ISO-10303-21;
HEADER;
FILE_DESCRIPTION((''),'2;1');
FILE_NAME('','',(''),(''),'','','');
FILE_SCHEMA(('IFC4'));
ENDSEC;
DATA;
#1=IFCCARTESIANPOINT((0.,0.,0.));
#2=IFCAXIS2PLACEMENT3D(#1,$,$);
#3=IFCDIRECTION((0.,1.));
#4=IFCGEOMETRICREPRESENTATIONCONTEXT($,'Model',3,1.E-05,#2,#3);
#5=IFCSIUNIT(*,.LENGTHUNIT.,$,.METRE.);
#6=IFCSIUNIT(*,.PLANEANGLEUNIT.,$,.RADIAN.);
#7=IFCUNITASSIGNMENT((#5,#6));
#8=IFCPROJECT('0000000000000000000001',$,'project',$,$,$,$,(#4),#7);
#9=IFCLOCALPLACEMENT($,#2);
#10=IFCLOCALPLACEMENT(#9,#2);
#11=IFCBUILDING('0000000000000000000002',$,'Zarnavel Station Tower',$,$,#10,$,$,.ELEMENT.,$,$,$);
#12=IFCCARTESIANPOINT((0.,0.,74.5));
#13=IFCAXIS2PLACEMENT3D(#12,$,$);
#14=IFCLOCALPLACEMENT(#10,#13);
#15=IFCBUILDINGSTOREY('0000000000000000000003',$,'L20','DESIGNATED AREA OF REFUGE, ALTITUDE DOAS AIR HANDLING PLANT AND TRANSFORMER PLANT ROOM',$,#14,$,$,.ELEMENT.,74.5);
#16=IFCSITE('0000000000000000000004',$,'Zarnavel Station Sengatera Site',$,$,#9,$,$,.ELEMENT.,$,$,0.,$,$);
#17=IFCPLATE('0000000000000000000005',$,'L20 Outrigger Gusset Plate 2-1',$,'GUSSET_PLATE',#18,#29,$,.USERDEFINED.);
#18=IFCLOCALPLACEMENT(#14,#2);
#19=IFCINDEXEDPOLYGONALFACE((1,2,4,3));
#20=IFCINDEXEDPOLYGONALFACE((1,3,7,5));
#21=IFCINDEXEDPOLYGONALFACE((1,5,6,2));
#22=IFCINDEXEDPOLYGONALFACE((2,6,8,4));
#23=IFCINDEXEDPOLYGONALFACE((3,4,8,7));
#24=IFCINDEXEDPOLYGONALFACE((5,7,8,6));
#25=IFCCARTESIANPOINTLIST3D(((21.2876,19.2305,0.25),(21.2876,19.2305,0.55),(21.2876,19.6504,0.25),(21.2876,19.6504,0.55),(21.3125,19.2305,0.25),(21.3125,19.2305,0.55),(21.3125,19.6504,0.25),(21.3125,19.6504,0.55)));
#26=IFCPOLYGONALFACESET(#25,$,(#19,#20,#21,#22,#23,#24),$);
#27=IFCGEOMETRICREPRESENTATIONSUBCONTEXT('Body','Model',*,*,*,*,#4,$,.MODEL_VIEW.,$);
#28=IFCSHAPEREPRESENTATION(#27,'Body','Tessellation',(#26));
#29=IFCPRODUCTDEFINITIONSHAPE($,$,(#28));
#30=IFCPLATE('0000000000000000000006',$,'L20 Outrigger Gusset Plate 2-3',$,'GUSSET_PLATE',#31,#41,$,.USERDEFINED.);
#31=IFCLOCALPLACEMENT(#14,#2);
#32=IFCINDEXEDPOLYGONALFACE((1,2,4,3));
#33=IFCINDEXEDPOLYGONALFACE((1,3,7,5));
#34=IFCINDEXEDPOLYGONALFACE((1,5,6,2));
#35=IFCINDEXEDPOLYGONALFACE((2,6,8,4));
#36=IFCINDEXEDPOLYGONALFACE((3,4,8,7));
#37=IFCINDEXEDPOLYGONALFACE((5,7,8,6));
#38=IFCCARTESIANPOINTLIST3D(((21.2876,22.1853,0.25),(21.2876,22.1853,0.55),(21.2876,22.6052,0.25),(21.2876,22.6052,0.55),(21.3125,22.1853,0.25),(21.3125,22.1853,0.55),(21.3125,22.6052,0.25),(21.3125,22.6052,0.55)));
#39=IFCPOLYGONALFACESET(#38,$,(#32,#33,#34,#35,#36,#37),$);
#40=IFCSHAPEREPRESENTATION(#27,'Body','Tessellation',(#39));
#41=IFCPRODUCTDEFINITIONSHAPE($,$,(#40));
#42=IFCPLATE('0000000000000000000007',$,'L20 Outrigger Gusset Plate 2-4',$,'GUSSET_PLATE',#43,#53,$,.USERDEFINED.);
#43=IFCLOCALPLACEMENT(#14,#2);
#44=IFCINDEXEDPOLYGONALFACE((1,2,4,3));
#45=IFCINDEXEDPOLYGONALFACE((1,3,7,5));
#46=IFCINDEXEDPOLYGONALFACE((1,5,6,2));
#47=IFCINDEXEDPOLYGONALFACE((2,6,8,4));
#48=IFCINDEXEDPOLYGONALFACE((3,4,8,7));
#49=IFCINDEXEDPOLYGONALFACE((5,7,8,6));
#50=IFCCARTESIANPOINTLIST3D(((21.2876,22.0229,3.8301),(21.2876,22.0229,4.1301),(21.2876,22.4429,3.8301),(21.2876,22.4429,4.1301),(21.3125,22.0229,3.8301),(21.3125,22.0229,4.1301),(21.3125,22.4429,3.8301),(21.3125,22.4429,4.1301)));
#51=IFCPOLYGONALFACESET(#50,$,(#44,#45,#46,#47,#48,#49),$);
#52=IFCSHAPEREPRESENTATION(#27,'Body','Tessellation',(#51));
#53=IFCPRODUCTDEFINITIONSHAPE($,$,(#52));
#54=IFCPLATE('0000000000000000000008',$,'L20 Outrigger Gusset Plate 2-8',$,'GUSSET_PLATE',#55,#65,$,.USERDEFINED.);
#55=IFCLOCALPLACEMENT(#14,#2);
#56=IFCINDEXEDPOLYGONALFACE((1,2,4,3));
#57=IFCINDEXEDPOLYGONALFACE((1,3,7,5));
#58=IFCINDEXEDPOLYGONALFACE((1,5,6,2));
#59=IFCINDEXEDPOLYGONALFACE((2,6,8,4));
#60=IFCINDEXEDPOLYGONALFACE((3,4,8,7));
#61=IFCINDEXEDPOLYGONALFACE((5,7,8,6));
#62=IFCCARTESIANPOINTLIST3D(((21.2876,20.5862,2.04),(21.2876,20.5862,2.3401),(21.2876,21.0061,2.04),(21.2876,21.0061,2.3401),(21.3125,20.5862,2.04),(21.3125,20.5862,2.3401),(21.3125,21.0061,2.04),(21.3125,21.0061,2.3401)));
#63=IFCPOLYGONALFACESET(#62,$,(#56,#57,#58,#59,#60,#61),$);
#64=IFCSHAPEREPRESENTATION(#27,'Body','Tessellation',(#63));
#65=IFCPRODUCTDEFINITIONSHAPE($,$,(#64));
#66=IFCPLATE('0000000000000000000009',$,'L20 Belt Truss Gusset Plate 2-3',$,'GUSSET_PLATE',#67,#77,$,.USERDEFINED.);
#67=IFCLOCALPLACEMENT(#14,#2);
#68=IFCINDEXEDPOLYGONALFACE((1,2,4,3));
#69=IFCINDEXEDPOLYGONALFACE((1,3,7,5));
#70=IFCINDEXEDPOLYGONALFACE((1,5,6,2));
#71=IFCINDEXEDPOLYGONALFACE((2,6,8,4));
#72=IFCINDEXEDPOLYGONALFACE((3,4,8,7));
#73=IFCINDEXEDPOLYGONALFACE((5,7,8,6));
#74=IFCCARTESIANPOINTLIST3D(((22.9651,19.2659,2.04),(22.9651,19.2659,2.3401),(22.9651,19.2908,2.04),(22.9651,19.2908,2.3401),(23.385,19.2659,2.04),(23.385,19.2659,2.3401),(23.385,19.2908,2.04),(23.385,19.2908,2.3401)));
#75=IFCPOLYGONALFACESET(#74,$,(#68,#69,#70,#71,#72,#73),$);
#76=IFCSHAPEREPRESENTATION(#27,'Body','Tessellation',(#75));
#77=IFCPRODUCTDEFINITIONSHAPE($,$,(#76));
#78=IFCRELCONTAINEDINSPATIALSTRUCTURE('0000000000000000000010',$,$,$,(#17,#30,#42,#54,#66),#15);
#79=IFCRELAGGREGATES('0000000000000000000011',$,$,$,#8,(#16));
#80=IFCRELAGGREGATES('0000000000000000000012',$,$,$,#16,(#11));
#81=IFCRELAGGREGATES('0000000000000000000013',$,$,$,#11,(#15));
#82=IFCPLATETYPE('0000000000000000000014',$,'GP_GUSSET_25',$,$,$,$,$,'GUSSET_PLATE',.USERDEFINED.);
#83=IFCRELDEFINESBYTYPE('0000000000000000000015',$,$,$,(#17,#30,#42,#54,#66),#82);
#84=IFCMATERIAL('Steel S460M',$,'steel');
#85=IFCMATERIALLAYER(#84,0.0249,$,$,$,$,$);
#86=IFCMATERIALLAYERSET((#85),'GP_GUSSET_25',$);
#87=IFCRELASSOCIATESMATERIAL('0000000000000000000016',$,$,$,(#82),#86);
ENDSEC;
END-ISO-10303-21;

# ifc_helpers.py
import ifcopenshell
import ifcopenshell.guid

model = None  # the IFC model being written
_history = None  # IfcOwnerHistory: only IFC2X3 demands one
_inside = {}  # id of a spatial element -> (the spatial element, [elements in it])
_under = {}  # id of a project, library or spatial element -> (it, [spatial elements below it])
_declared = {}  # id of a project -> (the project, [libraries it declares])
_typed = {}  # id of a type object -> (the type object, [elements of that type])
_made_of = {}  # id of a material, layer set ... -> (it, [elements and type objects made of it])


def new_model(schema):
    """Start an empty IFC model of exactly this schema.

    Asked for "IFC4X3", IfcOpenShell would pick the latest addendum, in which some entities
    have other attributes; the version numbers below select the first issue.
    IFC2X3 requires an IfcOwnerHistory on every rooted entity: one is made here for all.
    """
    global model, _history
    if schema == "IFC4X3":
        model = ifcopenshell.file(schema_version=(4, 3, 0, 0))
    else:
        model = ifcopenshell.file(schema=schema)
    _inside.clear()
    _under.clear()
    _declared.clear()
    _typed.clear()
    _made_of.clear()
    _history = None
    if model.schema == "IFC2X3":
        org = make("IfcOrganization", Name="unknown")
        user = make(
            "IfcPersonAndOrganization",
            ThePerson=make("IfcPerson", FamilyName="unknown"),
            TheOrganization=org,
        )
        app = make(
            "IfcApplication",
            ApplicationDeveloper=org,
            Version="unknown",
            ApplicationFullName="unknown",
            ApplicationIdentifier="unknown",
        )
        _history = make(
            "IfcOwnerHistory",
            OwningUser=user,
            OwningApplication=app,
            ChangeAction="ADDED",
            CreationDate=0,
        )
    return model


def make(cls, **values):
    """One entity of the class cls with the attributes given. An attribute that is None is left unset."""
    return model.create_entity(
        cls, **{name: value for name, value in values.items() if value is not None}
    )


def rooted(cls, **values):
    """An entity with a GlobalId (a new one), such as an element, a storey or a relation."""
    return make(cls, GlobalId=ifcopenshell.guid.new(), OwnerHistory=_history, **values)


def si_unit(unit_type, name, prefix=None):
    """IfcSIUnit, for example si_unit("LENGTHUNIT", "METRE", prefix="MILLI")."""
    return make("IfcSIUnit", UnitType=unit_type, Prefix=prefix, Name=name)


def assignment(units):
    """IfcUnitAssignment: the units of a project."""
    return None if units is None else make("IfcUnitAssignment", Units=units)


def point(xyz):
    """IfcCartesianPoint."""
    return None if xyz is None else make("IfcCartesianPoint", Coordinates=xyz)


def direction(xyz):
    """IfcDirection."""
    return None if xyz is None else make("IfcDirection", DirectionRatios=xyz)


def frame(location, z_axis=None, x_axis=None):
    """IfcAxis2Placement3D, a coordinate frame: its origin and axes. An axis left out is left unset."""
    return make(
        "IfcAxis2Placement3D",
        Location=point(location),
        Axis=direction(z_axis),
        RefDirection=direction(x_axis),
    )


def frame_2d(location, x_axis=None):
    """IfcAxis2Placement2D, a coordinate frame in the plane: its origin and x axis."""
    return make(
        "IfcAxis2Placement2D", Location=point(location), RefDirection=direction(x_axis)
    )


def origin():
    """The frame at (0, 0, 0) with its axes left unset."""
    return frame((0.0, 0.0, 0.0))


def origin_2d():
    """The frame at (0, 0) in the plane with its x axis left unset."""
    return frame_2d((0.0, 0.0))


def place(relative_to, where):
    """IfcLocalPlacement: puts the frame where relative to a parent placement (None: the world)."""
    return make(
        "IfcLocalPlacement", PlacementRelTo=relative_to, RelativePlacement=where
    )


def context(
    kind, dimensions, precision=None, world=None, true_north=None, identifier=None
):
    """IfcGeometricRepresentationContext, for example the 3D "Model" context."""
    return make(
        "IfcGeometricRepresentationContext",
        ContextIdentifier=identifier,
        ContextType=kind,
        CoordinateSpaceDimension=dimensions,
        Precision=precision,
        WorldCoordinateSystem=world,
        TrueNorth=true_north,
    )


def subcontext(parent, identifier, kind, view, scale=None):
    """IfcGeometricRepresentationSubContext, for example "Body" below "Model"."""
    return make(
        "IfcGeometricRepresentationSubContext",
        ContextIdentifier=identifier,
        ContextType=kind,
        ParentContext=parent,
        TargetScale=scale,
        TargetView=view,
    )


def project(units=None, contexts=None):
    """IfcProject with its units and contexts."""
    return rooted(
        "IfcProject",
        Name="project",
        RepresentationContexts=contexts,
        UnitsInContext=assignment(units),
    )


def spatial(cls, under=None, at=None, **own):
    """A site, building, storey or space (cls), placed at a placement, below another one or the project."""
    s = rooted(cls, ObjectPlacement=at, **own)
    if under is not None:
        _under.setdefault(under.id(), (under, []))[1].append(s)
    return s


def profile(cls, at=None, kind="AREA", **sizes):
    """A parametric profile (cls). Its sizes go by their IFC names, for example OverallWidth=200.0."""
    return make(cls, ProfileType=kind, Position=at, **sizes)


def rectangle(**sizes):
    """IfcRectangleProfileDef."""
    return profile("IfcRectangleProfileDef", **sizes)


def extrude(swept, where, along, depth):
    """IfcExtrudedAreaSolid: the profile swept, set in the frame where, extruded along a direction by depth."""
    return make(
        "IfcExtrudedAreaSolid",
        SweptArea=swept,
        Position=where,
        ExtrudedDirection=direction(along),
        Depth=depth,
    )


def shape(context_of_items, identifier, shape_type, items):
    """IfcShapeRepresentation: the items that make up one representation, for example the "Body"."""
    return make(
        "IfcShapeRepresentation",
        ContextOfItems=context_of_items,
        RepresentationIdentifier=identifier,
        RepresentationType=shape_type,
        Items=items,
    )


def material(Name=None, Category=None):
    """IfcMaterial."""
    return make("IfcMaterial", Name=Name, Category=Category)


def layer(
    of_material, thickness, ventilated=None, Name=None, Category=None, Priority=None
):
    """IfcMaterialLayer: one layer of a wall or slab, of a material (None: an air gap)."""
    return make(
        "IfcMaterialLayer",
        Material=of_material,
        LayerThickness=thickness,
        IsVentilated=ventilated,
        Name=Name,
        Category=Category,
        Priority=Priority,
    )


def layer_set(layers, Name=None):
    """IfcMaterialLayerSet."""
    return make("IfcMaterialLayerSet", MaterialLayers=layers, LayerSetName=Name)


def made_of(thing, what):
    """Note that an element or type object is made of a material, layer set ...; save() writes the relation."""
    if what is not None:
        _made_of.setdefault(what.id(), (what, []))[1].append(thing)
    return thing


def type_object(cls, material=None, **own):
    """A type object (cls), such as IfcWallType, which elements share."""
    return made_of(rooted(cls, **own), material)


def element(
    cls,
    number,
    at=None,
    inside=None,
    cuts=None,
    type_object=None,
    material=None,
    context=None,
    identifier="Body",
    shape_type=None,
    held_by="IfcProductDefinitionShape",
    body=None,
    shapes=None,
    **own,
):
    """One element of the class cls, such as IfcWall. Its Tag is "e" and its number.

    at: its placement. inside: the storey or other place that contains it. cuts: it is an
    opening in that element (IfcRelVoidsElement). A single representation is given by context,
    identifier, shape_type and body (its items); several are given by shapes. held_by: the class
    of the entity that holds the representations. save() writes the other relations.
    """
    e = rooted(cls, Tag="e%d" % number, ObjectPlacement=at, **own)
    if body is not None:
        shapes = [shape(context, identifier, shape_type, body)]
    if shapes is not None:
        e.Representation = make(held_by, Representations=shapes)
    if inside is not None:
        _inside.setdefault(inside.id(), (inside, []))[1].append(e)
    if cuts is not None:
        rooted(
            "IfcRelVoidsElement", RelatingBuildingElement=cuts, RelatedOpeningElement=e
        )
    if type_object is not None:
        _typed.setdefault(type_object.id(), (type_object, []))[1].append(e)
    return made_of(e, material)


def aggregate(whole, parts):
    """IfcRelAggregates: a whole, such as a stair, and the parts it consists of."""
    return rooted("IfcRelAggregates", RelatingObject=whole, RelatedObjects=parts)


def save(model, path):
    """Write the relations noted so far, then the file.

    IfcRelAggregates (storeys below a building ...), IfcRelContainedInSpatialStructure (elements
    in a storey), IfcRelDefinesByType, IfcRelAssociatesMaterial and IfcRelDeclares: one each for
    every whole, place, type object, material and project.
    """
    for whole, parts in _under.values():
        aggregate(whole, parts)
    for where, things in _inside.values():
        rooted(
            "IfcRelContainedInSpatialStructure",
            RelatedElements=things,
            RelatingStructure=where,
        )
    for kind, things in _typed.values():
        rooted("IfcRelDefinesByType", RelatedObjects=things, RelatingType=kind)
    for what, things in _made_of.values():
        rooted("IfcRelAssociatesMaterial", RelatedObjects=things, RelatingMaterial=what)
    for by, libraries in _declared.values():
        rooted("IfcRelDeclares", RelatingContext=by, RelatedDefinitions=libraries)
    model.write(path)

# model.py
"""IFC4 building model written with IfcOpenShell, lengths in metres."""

from ifc_helpers import new_model, si_unit, direction, frame, origin, origin_2d, place, context, subcontext, project, spatial, rectangle, extrude, material, layer, layer_set, type_object, element, save


model = new_model("IFC4")

# Units and contexts
model_context = context("Model", 3, precision=1e-05, world=origin(), true_north=direction((0.0, 1.0)))
body_context = subcontext(model_context, "Body", "Model", "MODEL_VIEW")
ifc_project = project(units=[si_unit("LENGTHUNIT", "METRE"), si_unit("PLANEANGLEUNIT", "RADIAN")], contexts=[model_context])

# Site, building, storey
site_placement = place(None, origin())
site = spatial("IfcSite", under=ifc_project, at=site_placement, Name="Zarnavel Station Sengatera Site", CompositionType="ELEMENT", RefElevation=0.0)
building_placement = place(site_placement, origin())
building = spatial("IfcBuilding", under=site, at=building_placement, Name="Zarnavel Station Tower", CompositionType="ELEMENT")
storey_placement = place(building_placement, frame((0.0, 0.0, 74.5)))
storey = spatial("IfcBuildingStorey", under=building, at=storey_placement, Name="L20", Description="DESIGNATED AREA OF REFUGE, ALTITUDE DOAS AIR HANDLING PLANT AND TRANSFORMER PLANT ROOM", CompositionType="ELEMENT", Elevation=74.5)

# Plates
ifc_material_1 = material(Name="Steel S460M", Category="steel")
ifc_layer_1 = layer(ifc_material_1, 0.0249)
ifc_layer_set_1 = layer_set([ifc_layer_1], Name="GP_GUSSET_25")
plate_type = type_object("IfcPlateType", Name="GP_GUSSET_25", ElementType="GUSSET_PLATE", PredefinedType="USERDEFINED", material=ifc_layer_set_1)
for number, where, z_axis, x_axis, name in (
    (1, (21.3, 19.4404, 0.25), (0.0, 0.0, 1.0), (1.0, 0.0, 0.0), "L20 Outrigger Gusset Plate 2-1"),
    (2, (21.3, 22.3953, 0.25), (0.0, 0.0, 1.0), (1.0, 0.0, 0.0), "L20 Outrigger Gusset Plate 2-3"),
    (3, (21.3, 22.2329, 3.8301), (0.0, 0.0, 1.0), (1.0, 0.0, 0.0), "L20 Outrigger Gusset Plate 2-4"),
    (4, (21.3, 20.7961, 2.04), (0.0, 0.0, 1.0), (1.0, 0.0, 0.0), "L20 Outrigger Gusset Plate 2-8"),
):
    element("IfcPlate", number, at=place(storey_placement, frame(where, z_axis=z_axis, x_axis=x_axis)), inside=storey, type_object=plate_type, Name=name, ObjectType="GUSSET_PLATE", PredefinedType="USERDEFINED", context=body_context, shape_type="SweptSolid", body=[
        extrude(rectangle(XDim=0.0249, YDim=0.4199, at=origin_2d()), origin(), (0.0, 0.0, 1.0), 0.3),
    ])
plate_placement = place(storey_placement, frame((23.175, 19.2783, 2.04), z_axis=(0.0, 0.0, 1.0), x_axis=(1.0, 0.0, 0.0)))
element("IfcPlate", 5, at=plate_placement, inside=storey, type_object=plate_type, Name="L20 Belt Truss Gusset Plate 2-3", ObjectType="GUSSET_PLATE", PredefinedType="USERDEFINED", context=body_context, shape_type="SweptSolid", body=[
    extrude(rectangle(XDim=0.4199, YDim=0.0249, at=origin_2d()), origin(), (0.0, 0.0, 1.0), 0.3),
])

save(model, "model.ifc")
